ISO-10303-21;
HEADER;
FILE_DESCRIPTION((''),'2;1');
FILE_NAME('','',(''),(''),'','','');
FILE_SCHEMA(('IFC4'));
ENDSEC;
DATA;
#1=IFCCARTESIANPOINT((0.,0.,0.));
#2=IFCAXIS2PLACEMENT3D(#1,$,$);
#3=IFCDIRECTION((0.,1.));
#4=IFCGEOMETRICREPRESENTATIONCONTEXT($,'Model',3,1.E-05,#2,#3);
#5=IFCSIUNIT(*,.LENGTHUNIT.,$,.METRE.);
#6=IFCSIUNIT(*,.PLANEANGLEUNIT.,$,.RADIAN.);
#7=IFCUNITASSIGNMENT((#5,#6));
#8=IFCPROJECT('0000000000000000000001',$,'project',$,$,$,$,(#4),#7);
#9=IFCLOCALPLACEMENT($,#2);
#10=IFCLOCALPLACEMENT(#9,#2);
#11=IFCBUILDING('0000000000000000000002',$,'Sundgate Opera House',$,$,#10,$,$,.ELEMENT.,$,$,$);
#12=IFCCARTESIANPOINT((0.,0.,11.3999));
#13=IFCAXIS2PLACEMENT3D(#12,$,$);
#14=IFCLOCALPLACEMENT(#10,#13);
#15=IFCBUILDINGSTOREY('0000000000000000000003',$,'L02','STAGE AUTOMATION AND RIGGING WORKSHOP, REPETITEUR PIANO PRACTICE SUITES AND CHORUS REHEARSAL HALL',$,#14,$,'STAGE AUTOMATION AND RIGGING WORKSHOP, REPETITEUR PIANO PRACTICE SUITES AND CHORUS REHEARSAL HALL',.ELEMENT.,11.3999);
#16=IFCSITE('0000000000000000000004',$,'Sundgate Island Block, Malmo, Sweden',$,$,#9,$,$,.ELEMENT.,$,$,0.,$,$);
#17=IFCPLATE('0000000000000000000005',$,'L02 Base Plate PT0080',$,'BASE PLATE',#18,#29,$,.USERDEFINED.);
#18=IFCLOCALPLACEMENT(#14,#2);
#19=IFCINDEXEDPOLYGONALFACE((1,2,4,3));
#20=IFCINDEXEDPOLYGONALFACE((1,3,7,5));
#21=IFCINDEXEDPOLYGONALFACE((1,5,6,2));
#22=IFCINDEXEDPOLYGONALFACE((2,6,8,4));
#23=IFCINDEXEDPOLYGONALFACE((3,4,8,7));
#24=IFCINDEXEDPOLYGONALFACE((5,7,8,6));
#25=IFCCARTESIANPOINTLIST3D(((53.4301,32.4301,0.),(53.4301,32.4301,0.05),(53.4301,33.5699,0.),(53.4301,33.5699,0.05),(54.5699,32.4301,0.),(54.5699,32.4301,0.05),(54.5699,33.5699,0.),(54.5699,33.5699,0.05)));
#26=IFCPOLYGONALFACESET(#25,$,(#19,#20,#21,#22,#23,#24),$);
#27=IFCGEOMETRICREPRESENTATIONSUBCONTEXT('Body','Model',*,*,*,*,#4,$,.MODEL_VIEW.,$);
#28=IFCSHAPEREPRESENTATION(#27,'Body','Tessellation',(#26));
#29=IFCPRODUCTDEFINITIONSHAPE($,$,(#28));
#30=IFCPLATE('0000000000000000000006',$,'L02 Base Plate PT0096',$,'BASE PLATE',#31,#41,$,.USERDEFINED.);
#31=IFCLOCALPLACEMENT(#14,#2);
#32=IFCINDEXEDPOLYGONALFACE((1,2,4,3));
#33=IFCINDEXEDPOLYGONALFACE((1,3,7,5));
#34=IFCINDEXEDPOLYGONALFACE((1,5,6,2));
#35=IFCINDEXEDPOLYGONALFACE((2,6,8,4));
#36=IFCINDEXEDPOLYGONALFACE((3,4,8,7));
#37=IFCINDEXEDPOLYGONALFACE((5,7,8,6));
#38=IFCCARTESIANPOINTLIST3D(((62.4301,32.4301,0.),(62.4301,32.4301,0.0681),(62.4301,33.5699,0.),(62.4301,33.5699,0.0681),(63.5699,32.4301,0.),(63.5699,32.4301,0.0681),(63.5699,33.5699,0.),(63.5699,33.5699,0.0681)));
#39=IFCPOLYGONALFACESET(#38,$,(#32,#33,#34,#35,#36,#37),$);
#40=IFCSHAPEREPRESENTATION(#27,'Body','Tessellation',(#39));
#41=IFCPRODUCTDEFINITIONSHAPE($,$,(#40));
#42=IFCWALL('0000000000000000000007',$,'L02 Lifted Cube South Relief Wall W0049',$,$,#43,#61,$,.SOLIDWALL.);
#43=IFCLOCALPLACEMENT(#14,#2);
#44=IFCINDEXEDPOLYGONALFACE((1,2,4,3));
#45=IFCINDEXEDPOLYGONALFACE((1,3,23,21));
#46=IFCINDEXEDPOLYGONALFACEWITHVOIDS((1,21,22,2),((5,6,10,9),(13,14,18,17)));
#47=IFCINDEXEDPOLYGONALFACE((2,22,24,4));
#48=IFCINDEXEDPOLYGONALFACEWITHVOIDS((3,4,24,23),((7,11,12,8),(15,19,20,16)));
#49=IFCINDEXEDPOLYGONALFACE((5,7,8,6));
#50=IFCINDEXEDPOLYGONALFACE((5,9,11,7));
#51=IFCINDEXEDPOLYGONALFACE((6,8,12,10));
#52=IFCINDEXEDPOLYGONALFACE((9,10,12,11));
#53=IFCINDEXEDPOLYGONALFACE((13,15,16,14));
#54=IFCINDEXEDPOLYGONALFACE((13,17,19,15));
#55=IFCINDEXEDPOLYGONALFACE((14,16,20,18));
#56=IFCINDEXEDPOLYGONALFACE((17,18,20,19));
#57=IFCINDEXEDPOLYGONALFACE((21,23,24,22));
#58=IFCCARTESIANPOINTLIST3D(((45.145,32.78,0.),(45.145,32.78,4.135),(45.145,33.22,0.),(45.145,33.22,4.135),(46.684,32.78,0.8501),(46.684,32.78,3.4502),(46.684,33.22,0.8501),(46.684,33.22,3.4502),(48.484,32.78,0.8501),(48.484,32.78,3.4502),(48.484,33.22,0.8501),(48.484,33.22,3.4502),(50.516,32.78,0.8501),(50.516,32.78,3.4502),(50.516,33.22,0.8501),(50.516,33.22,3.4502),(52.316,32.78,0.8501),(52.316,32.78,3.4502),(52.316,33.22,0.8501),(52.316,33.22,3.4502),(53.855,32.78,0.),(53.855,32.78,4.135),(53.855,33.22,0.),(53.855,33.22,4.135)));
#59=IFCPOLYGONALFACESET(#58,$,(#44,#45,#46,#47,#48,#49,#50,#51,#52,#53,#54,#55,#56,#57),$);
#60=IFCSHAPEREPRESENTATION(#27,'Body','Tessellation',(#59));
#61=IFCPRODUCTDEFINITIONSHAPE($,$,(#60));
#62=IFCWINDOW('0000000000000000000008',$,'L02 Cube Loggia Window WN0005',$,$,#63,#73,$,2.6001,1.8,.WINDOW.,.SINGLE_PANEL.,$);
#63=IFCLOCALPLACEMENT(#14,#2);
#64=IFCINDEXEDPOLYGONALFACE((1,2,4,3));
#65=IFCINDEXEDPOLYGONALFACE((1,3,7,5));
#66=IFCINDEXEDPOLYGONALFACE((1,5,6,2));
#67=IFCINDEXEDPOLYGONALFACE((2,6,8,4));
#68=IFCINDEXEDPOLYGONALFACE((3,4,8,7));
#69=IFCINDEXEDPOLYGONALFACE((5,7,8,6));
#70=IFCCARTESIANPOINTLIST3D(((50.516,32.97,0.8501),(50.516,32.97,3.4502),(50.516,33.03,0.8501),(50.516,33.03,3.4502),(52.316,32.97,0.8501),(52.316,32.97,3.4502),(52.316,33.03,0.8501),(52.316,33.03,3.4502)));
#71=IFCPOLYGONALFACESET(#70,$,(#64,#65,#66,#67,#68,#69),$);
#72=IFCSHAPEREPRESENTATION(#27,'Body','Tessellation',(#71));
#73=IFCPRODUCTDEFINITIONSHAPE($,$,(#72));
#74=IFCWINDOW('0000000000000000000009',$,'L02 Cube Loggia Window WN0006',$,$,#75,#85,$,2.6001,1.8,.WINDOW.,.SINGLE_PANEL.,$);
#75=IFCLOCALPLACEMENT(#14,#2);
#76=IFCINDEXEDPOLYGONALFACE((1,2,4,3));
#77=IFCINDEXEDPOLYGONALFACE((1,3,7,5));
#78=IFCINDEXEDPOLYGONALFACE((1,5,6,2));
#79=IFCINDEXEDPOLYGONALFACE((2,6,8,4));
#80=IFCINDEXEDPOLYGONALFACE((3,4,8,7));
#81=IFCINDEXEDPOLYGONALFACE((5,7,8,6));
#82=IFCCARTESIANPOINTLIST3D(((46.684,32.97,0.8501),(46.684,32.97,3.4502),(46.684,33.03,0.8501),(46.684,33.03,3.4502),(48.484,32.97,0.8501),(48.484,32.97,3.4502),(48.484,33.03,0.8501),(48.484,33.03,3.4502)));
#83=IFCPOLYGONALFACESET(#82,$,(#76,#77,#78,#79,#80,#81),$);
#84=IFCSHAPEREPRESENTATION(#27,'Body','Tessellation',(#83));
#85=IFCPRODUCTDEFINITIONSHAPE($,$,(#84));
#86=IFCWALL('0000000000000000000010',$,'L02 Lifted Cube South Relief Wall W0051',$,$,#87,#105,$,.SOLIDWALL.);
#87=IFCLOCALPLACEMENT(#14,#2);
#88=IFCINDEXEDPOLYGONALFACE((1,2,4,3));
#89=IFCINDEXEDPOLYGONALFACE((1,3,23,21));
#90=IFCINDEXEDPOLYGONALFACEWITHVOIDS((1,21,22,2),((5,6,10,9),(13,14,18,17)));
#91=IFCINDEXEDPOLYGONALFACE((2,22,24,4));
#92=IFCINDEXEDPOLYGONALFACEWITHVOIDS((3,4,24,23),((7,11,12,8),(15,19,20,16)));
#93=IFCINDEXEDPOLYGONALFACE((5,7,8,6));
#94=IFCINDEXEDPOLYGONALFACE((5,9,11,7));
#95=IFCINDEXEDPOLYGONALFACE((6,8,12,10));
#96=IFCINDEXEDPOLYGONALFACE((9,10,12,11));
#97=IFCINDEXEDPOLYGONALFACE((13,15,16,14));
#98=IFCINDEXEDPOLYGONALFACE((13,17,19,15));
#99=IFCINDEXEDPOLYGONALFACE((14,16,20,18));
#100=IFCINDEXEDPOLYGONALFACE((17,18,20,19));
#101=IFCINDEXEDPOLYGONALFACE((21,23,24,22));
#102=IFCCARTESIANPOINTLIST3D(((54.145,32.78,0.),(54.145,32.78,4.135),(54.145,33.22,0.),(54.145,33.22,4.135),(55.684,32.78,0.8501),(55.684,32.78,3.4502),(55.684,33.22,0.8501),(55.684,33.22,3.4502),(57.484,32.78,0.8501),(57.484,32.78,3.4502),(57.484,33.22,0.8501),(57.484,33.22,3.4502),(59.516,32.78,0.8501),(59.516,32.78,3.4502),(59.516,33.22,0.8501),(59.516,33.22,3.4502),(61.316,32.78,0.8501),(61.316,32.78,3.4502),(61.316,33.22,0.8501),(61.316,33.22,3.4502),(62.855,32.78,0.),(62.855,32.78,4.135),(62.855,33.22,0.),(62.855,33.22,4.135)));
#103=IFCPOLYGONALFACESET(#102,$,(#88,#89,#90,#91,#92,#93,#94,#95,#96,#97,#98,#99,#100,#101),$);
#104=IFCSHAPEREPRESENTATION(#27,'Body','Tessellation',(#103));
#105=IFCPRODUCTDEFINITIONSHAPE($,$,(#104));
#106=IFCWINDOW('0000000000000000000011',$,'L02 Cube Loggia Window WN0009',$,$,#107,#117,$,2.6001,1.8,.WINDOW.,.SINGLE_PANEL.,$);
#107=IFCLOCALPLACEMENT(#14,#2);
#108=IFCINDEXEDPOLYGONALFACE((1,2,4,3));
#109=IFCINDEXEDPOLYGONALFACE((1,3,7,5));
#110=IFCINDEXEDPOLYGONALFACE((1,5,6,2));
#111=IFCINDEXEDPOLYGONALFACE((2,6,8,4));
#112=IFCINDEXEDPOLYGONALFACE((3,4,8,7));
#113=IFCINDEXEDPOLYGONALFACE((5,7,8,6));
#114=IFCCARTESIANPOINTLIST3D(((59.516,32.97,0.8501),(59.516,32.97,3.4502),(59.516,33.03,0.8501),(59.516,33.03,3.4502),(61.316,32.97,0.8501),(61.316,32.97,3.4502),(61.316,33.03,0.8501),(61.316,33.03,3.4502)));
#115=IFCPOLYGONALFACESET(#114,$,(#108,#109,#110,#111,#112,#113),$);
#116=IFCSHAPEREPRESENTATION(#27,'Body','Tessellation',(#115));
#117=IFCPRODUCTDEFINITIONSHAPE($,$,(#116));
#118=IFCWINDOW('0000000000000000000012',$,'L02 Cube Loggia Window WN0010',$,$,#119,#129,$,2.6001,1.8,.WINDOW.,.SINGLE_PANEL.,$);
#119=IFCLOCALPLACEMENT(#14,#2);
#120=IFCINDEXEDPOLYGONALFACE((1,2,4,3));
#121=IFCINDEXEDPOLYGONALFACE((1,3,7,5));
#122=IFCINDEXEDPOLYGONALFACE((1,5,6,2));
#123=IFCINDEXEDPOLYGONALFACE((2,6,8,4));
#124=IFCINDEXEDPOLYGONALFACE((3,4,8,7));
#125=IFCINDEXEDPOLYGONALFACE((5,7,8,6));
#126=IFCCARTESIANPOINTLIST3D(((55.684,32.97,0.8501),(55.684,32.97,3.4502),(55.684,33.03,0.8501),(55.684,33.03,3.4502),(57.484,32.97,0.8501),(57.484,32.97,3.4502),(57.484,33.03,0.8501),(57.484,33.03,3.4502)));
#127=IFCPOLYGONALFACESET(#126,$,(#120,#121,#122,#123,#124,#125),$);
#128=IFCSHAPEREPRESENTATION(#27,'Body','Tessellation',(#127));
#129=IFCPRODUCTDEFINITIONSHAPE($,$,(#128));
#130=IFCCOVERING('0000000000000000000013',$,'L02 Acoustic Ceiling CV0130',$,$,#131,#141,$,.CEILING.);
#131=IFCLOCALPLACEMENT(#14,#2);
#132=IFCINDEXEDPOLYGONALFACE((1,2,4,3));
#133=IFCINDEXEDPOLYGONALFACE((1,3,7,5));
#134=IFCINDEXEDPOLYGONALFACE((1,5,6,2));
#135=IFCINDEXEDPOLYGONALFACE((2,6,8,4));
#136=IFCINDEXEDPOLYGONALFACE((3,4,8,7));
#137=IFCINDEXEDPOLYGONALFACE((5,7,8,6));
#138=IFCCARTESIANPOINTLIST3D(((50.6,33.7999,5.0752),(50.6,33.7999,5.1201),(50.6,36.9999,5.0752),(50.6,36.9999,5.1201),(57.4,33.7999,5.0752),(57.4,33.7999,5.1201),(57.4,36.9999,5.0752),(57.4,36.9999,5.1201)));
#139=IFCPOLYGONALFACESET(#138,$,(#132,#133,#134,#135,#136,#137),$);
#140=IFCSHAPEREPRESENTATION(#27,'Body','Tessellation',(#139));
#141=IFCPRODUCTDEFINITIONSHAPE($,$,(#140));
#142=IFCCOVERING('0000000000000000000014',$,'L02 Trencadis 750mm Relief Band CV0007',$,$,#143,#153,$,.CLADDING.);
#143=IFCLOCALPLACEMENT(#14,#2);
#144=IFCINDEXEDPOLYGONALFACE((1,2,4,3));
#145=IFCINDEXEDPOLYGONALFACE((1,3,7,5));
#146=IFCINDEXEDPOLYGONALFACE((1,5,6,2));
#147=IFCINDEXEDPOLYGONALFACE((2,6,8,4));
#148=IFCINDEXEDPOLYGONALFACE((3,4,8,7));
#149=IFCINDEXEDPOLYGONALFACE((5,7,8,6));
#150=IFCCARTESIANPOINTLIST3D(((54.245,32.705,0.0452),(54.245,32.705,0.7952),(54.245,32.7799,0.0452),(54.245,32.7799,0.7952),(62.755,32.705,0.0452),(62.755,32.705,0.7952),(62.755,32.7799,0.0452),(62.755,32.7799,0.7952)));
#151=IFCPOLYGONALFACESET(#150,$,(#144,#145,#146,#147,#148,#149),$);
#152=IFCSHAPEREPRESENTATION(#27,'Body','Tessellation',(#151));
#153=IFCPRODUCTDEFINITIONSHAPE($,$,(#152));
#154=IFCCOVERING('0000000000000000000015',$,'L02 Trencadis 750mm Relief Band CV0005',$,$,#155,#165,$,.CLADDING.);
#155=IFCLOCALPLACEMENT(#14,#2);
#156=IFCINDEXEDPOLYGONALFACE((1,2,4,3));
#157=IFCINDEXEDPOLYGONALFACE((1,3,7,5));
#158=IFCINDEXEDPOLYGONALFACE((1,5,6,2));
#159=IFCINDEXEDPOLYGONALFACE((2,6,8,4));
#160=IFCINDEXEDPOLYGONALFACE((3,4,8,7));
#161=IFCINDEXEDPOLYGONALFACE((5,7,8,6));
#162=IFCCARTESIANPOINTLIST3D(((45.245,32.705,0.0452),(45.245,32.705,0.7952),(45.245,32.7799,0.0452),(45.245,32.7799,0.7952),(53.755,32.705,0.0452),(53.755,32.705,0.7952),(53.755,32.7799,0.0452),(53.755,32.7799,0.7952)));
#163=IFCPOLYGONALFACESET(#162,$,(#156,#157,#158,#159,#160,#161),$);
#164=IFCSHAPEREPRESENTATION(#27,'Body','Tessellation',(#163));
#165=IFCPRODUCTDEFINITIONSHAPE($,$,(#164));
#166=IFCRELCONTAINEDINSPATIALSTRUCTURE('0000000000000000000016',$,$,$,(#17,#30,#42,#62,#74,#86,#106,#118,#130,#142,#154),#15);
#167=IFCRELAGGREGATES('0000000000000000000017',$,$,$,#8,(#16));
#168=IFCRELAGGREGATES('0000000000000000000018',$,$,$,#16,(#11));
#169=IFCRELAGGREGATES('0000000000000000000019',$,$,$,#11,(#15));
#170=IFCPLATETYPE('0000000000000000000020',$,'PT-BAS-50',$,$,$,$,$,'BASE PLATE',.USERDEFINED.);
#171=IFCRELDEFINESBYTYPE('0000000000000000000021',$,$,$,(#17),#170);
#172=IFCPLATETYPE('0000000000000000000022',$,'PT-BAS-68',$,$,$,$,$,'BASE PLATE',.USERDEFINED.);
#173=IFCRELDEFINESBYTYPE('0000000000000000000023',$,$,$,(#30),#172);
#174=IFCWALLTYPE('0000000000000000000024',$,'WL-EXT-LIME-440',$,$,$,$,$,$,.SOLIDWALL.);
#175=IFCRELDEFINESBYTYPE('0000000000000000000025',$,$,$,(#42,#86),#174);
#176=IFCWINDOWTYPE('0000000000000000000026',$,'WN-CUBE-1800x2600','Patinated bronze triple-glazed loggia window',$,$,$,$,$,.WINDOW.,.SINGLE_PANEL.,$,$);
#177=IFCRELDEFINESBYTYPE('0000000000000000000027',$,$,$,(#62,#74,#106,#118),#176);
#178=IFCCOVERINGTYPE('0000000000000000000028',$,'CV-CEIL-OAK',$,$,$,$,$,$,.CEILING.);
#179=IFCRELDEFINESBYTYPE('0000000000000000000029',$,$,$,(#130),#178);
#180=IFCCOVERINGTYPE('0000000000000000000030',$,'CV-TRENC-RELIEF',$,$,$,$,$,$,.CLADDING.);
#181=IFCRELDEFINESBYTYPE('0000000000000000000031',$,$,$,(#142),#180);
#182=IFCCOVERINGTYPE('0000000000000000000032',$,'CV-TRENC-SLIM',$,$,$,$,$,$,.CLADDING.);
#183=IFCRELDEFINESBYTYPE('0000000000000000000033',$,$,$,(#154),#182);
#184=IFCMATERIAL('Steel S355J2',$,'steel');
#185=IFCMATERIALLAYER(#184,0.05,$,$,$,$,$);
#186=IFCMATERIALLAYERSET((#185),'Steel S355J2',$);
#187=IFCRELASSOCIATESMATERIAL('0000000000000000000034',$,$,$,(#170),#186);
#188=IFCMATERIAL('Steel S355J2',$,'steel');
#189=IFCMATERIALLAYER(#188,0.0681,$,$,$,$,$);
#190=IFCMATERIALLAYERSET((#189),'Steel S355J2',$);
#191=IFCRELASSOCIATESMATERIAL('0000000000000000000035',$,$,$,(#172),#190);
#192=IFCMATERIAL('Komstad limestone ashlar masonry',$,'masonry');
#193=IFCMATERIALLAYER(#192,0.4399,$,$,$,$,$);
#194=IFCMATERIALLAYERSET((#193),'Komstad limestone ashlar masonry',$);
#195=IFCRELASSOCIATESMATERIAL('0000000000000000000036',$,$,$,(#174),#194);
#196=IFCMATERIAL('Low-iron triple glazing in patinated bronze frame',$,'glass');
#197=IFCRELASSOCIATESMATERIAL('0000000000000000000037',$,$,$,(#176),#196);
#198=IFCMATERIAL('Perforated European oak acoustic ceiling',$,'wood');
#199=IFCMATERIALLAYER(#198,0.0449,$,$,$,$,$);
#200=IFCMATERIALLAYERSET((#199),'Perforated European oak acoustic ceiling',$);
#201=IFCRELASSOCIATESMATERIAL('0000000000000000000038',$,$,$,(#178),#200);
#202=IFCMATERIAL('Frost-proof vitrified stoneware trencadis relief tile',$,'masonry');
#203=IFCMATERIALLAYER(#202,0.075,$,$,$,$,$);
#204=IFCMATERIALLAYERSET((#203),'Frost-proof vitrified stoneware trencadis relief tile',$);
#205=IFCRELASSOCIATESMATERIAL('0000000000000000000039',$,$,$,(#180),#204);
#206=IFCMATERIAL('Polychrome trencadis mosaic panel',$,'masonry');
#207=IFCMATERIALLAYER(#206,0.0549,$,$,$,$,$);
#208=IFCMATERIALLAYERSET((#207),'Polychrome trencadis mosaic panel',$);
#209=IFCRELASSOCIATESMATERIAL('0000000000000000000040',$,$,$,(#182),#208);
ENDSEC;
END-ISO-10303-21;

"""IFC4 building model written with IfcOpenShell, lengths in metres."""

from ifc_helpers import new_model, si_unit, direction, frame, frame_2d, origin, origin_2d, place, context, subcontext, project, spatial, rectangle, extrude, material, layer, layer_set, type_object, element, fill, save


model = new_model("IFC4")

# Units and contexts
model_context = context("Model", 3, precision=1e-05, world=origin(), true_north=direction((0.0, 1.0)))
body_context = subcontext(model_context, "Body", "Model", "MODEL_VIEW")
ifc_project = project(units=[si_unit("LENGTHUNIT", "METRE"), si_unit("PLANEANGLEUNIT", "RADIAN")], contexts=[model_context])

# Site, building, storey
site_placement = place(None, origin())
site = spatial("IfcSite", under=ifc_project, at=site_placement, Name="Sundgate Island Block, Malmo, Sweden", CompositionType="ELEMENT", RefElevation=0.0)
building_placement = place(site_placement, origin())
building = spatial("IfcBuilding", under=site, at=building_placement, Name="Sundgate Opera House", CompositionType="ELEMENT")
storey_placement = place(building_placement, frame((0.0, 0.0, 11.3999)))
storey = spatial("IfcBuildingStorey", under=building, at=storey_placement, Name="L02", Description="STAGE AUTOMATION AND RIGGING WORKSHOP, REPETITEUR PIANO PRACTICE SUITES AND CHORUS REHEARSAL HALL", LongName="STAGE AUTOMATION AND RIGGING WORKSHOP, REPETITEUR PIANO PRACTICE SUITES AND CHORUS REHEARSAL HALL", CompositionType="ELEMENT", Elevation=11.3999)

# Plates
ifc_material_1 = material(Name="Steel S355J2", Category="steel")
ifc_layer_1 = layer(ifc_material_1, 0.05)
ifc_layer_set_1 = layer_set([ifc_layer_1], Name="Steel S355J2")
plate_type_1 = type_object("IfcPlateType", Name="PT-BAS-50", ElementType="BASE PLATE", PredefinedType="USERDEFINED", material=ifc_layer_set_1)
plate_1_placement = place(storey_placement, frame((54.0, 33.0, 0.0), z_axis=(0.0, 0.0, 1.0), x_axis=(1.0, 0.0, 0.0)))
element("IfcPlate", 1, at=plate_1_placement, inside=storey, type_object=plate_type_1, Name="L02 Base Plate PT0080", ObjectType="BASE PLATE", PredefinedType="USERDEFINED", context=body_context, shape_type="SweptSolid", body=[
    extrude(rectangle(XDim=1.1399, YDim=1.1399, at=origin_2d()), origin(), (0.0, 0.0, 1.0), 0.05),
])
ifc_material_2 = material(Name="Steel S355J2", Category="steel")
ifc_layer_2 = layer(ifc_material_2, 0.0681)
ifc_layer_set_2 = layer_set([ifc_layer_2], Name="Steel S355J2")
plate_type_2 = type_object("IfcPlateType", Name="PT-BAS-68", ElementType="BASE PLATE", PredefinedType="USERDEFINED", material=ifc_layer_set_2)
plate_2_placement = place(storey_placement, frame((63.0, 33.0, 0.0), z_axis=(0.0, 0.0, 1.0), x_axis=(1.0, 0.0, 0.0)))
element("IfcPlate", 2, at=plate_2_placement, inside=storey, type_object=plate_type_2, Name="L02 Base Plate PT0096", ObjectType="BASE PLATE", PredefinedType="USERDEFINED", context=body_context, shape_type="SweptSolid", body=[
    extrude(rectangle(XDim=1.1399, YDim=1.1399, at=origin_2d()), origin(), (0.0, 0.0, 1.0), 0.0681),
])

# Walls, openings, windows
ifc_material_3 = material(Name="Komstad limestone ashlar masonry", Category="masonry")
ifc_layer_3 = layer(ifc_material_3, 0.4399)
ifc_layer_set_3 = layer_set([ifc_layer_3], Name="Komstad limestone ashlar masonry")
wall_type = type_object("IfcWallType", Name="WL-EXT-LIME-440", PredefinedType="SOLIDWALL", material=ifc_layer_set_3)
wall_1_placement = place(storey_placement, frame((53.855, 33.0, 0.0), z_axis=(0.0, 0.0, 1.0), x_axis=(-1.0, 0.0, 0.0)))
wall_1 = element("IfcWall", 3, at=wall_1_placement, inside=storey, type_object=wall_type, Name="L02 Lifted Cube South Relief Wall W0049", PredefinedType="SOLIDWALL", context=body_context, shape_type="SweptSolid", body=[
    extrude(rectangle(XDim=8.71, YDim=0.4399, at=frame_2d((4.355, 0.0))), origin(), (0.0, 0.0, 1.0), 4.135),
])
opening_1_placement = place(wall_1_placement, frame((1.5391, 0.0, 0.8501)))
opening_1 = element("IfcOpeningElement", 4, at=opening_1_placement, cuts=wall_1, PredefinedType="OPENING", context=body_context, shape_type="SweptSolid", body=[
    extrude(rectangle(XDim=1.8, YDim=2.6001, at=frame_2d((0.8999, 1.3))), frame((0.0, 0.23, 0.0), z_axis=(0.0, -1.0, 0.0), x_axis=(1.0, 0.0, 0.0)), (0.0, 0.0, 1.0), 0.46),
])
opening_2_placement = place(wall_1_placement, frame((5.3711, 0.0, 0.8501)))
opening_2 = element("IfcOpeningElement", 5, at=opening_2_placement, cuts=wall_1, PredefinedType="OPENING", context=body_context, shape_type="SweptSolid", body=[
    extrude(rectangle(XDim=1.8, YDim=2.6001, at=frame_2d((0.8999, 1.3))), frame((0.0, 0.23, 0.0), z_axis=(0.0, -1.0, 0.0), x_axis=(1.0, 0.0, 0.0)), (0.0, 0.0, 1.0), 0.46),
])
ifc_material_4 = material(Name="Low-iron triple glazing in patinated bronze frame", Category="glass")
window_type = type_object("IfcWindowType", Name="WN-CUBE-1800x2600", Description="Patinated bronze triple-glazed loggia window", PartitioningType="SINGLE_PANEL", PredefinedType="WINDOW", material=ifc_material_4)
window_1_placement = place(opening_1_placement, origin())
window_1 = element("IfcWindow", 6, at=window_1_placement, inside=storey, type_object=window_type, Name="L02 Cube Loggia Window WN0005", OverallHeight=2.6001, OverallWidth=1.8, PartitioningType="SINGLE_PANEL", PredefinedType="WINDOW", context=body_context, shape_type="SweptSolid", body=[
    extrude(rectangle(XDim=1.8, YDim=2.6001, at=frame_2d((0.8999, 1.3))), frame((0.0, 0.03, 0.0), z_axis=(0.0, -1.0, 0.0), x_axis=(1.0, 0.0, 0.0)), (0.0, 0.0, 1.0), 0.0601),
])
fill(opening_1, window_1)
window_2_placement = place(opening_2_placement, origin())
window_2 = element("IfcWindow", 7, at=window_2_placement, inside=storey, type_object=window_type, Name="L02 Cube Loggia Window WN0006", OverallHeight=2.6001, OverallWidth=1.8, PartitioningType="SINGLE_PANEL", PredefinedType="WINDOW", context=body_context, shape_type="SweptSolid", body=[
    extrude(rectangle(XDim=1.8, YDim=2.6001, at=frame_2d((0.8999, 1.3))), frame((0.0, 0.03, 0.0), z_axis=(0.0, -1.0, 0.0), x_axis=(1.0, 0.0, 0.0)), (0.0, 0.0, 1.0), 0.0601),
])
fill(opening_2, window_2)
wall_2_placement = place(storey_placement, frame((62.855, 33.0, 0.0), z_axis=(0.0, 0.0, 1.0), x_axis=(-1.0, 0.0, 0.0)))
wall_2 = element("IfcWall", 8, at=wall_2_placement, inside=storey, type_object=wall_type, Name="L02 Lifted Cube South Relief Wall W0051", PredefinedType="SOLIDWALL", context=body_context, shape_type="SweptSolid", body=[
    extrude(rectangle(XDim=8.71, YDim=0.4399, at=frame_2d((4.355, 0.0))), origin(), (0.0, 0.0, 1.0), 4.135),
])
opening_3_placement = place(wall_2_placement, frame((1.5391, 0.0, 0.8501)))
opening_3 = element("IfcOpeningElement", 9, at=opening_3_placement, cuts=wall_2, PredefinedType="OPENING", context=body_context, shape_type="SweptSolid", body=[
    extrude(rectangle(XDim=1.8, YDim=2.6001, at=frame_2d((0.8999, 1.3))), frame((0.0, 0.23, 0.0), z_axis=(0.0, -1.0, 0.0), x_axis=(1.0, 0.0, 0.0)), (0.0, 0.0, 1.0), 0.46),
])
opening_4_placement = place(wall_2_placement, frame((5.3711, 0.0, 0.8501)))
opening_4 = element("IfcOpeningElement", 10, at=opening_4_placement, cuts=wall_2, PredefinedType="OPENING", context=body_context, shape_type="SweptSolid", body=[
    extrude(rectangle(XDim=1.8, YDim=2.6001, at=frame_2d((0.8999, 1.3))), frame((0.0, 0.23, 0.0), z_axis=(0.0, -1.0, 0.0), x_axis=(1.0, 0.0, 0.0)), (0.0, 0.0, 1.0), 0.46),
])
window_3_placement = place(opening_3_placement, origin())
window_3 = element("IfcWindow", 11, at=window_3_placement, inside=storey, type_object=window_type, Name="L02 Cube Loggia Window WN0009", OverallHeight=2.6001, OverallWidth=1.8, PartitioningType="SINGLE_PANEL", PredefinedType="WINDOW", context=body_context, shape_type="SweptSolid", body=[
    extrude(rectangle(XDim=1.8, YDim=2.6001, at=frame_2d((0.8999, 1.3))), frame((0.0, 0.03, 0.0), z_axis=(0.0, -1.0, 0.0), x_axis=(1.0, 0.0, 0.0)), (0.0, 0.0, 1.0), 0.0601),
])
fill(opening_3, window_3)
window_4_placement = place(opening_4_placement, origin())
window_4 = element("IfcWindow", 12, at=window_4_placement, inside=storey, type_object=window_type, Name="L02 Cube Loggia Window WN0010", OverallHeight=2.6001, OverallWidth=1.8, PartitioningType="SINGLE_PANEL", PredefinedType="WINDOW", context=body_context, shape_type="SweptSolid", body=[
    extrude(rectangle(XDim=1.8, YDim=2.6001, at=frame_2d((0.8999, 1.3))), frame((0.0, 0.03, 0.0), z_axis=(0.0, -1.0, 0.0), x_axis=(1.0, 0.0, 0.0)), (0.0, 0.0, 1.0), 0.0601),
])
fill(opening_4, window_4)

# Coverings
ifc_material_5 = material(Name="Perforated European oak acoustic ceiling", Category="wood")
ifc_layer_4 = layer(ifc_material_5, 0.0449)
ifc_layer_set_4 = layer_set([ifc_layer_4], Name="Perforated European oak acoustic ceiling")
covering_type_1 = type_object("IfcCoveringType", Name="CV-CEIL-OAK", PredefinedType="CEILING", material=ifc_layer_set_4)
covering_1_placement = place(storey_placement, frame((54.0, 35.3999, 5.0752), z_axis=(0.0, 0.0, 1.0), x_axis=(1.0, 0.0, 0.0)))
element("IfcCovering", 13, at=covering_1_placement, inside=storey, type_object=covering_type_1, Name="L02 Acoustic Ceiling CV0130", PredefinedType="CEILING", context=body_context, shape_type="SweptSolid", body=[
    extrude(rectangle(XDim=6.8, YDim=3.2, at=origin_2d()), origin(), (0.0, 0.0, 1.0), 0.0449),
])
ifc_material_6 = material(Name="Frost-proof vitrified stoneware trencadis relief tile", Category="masonry")
ifc_layer_5 = layer(ifc_material_6, 0.075)
ifc_layer_set_5 = layer_set([ifc_layer_5], Name="Frost-proof vitrified stoneware trencadis relief tile")
covering_type_2 = type_object("IfcCoveringType", Name="CV-TRENC-RELIEF", PredefinedType="CLADDING", material=ifc_layer_set_5)
covering_2_placement = place(storey_placement, frame((58.5, 32.7424, 0.0452), z_axis=(0.0, 0.0, 1.0), x_axis=(1.0, 0.0, 0.0)))
element("IfcCovering", 14, at=covering_2_placement, inside=storey, type_object=covering_type_2, Name="L02 Trencadis 750mm Relief Band CV0007", PredefinedType="CLADDING", context=body_context, shape_type="SweptSolid", body=[
    extrude(rectangle(XDim=8.51, YDim=0.075, at=origin_2d()), origin(), (0.0, 0.0, 1.0), 0.75),
])
ifc_material_7 = material(Name="Polychrome trencadis mosaic panel", Category="masonry")
ifc_layer_6 = layer(ifc_material_7, 0.0549)
ifc_layer_set_6 = layer_set([ifc_layer_6], Name="Polychrome trencadis mosaic panel")
covering_type_3 = type_object("IfcCoveringType", Name="CV-TRENC-SLIM", PredefinedType="CLADDING", material=ifc_layer_set_6)
covering_3_placement = place(storey_placement, frame((49.5, 32.7424, 0.0452), z_axis=(0.0, 0.0, 1.0), x_axis=(1.0, 0.0, 0.0)))
element("IfcCovering", 15, at=covering_3_placement, inside=storey, type_object=covering_type_3, Name="L02 Trencadis 750mm Relief Band CV0005", PredefinedType="CLADDING", context=body_context, shape_type="SweptSolid", body=[
    extrude(rectangle(XDim=8.51, YDim=0.075, at=origin_2d()), origin(), (0.0, 0.0, 1.0), 0.75),
])

save(model, "model.ifc")
